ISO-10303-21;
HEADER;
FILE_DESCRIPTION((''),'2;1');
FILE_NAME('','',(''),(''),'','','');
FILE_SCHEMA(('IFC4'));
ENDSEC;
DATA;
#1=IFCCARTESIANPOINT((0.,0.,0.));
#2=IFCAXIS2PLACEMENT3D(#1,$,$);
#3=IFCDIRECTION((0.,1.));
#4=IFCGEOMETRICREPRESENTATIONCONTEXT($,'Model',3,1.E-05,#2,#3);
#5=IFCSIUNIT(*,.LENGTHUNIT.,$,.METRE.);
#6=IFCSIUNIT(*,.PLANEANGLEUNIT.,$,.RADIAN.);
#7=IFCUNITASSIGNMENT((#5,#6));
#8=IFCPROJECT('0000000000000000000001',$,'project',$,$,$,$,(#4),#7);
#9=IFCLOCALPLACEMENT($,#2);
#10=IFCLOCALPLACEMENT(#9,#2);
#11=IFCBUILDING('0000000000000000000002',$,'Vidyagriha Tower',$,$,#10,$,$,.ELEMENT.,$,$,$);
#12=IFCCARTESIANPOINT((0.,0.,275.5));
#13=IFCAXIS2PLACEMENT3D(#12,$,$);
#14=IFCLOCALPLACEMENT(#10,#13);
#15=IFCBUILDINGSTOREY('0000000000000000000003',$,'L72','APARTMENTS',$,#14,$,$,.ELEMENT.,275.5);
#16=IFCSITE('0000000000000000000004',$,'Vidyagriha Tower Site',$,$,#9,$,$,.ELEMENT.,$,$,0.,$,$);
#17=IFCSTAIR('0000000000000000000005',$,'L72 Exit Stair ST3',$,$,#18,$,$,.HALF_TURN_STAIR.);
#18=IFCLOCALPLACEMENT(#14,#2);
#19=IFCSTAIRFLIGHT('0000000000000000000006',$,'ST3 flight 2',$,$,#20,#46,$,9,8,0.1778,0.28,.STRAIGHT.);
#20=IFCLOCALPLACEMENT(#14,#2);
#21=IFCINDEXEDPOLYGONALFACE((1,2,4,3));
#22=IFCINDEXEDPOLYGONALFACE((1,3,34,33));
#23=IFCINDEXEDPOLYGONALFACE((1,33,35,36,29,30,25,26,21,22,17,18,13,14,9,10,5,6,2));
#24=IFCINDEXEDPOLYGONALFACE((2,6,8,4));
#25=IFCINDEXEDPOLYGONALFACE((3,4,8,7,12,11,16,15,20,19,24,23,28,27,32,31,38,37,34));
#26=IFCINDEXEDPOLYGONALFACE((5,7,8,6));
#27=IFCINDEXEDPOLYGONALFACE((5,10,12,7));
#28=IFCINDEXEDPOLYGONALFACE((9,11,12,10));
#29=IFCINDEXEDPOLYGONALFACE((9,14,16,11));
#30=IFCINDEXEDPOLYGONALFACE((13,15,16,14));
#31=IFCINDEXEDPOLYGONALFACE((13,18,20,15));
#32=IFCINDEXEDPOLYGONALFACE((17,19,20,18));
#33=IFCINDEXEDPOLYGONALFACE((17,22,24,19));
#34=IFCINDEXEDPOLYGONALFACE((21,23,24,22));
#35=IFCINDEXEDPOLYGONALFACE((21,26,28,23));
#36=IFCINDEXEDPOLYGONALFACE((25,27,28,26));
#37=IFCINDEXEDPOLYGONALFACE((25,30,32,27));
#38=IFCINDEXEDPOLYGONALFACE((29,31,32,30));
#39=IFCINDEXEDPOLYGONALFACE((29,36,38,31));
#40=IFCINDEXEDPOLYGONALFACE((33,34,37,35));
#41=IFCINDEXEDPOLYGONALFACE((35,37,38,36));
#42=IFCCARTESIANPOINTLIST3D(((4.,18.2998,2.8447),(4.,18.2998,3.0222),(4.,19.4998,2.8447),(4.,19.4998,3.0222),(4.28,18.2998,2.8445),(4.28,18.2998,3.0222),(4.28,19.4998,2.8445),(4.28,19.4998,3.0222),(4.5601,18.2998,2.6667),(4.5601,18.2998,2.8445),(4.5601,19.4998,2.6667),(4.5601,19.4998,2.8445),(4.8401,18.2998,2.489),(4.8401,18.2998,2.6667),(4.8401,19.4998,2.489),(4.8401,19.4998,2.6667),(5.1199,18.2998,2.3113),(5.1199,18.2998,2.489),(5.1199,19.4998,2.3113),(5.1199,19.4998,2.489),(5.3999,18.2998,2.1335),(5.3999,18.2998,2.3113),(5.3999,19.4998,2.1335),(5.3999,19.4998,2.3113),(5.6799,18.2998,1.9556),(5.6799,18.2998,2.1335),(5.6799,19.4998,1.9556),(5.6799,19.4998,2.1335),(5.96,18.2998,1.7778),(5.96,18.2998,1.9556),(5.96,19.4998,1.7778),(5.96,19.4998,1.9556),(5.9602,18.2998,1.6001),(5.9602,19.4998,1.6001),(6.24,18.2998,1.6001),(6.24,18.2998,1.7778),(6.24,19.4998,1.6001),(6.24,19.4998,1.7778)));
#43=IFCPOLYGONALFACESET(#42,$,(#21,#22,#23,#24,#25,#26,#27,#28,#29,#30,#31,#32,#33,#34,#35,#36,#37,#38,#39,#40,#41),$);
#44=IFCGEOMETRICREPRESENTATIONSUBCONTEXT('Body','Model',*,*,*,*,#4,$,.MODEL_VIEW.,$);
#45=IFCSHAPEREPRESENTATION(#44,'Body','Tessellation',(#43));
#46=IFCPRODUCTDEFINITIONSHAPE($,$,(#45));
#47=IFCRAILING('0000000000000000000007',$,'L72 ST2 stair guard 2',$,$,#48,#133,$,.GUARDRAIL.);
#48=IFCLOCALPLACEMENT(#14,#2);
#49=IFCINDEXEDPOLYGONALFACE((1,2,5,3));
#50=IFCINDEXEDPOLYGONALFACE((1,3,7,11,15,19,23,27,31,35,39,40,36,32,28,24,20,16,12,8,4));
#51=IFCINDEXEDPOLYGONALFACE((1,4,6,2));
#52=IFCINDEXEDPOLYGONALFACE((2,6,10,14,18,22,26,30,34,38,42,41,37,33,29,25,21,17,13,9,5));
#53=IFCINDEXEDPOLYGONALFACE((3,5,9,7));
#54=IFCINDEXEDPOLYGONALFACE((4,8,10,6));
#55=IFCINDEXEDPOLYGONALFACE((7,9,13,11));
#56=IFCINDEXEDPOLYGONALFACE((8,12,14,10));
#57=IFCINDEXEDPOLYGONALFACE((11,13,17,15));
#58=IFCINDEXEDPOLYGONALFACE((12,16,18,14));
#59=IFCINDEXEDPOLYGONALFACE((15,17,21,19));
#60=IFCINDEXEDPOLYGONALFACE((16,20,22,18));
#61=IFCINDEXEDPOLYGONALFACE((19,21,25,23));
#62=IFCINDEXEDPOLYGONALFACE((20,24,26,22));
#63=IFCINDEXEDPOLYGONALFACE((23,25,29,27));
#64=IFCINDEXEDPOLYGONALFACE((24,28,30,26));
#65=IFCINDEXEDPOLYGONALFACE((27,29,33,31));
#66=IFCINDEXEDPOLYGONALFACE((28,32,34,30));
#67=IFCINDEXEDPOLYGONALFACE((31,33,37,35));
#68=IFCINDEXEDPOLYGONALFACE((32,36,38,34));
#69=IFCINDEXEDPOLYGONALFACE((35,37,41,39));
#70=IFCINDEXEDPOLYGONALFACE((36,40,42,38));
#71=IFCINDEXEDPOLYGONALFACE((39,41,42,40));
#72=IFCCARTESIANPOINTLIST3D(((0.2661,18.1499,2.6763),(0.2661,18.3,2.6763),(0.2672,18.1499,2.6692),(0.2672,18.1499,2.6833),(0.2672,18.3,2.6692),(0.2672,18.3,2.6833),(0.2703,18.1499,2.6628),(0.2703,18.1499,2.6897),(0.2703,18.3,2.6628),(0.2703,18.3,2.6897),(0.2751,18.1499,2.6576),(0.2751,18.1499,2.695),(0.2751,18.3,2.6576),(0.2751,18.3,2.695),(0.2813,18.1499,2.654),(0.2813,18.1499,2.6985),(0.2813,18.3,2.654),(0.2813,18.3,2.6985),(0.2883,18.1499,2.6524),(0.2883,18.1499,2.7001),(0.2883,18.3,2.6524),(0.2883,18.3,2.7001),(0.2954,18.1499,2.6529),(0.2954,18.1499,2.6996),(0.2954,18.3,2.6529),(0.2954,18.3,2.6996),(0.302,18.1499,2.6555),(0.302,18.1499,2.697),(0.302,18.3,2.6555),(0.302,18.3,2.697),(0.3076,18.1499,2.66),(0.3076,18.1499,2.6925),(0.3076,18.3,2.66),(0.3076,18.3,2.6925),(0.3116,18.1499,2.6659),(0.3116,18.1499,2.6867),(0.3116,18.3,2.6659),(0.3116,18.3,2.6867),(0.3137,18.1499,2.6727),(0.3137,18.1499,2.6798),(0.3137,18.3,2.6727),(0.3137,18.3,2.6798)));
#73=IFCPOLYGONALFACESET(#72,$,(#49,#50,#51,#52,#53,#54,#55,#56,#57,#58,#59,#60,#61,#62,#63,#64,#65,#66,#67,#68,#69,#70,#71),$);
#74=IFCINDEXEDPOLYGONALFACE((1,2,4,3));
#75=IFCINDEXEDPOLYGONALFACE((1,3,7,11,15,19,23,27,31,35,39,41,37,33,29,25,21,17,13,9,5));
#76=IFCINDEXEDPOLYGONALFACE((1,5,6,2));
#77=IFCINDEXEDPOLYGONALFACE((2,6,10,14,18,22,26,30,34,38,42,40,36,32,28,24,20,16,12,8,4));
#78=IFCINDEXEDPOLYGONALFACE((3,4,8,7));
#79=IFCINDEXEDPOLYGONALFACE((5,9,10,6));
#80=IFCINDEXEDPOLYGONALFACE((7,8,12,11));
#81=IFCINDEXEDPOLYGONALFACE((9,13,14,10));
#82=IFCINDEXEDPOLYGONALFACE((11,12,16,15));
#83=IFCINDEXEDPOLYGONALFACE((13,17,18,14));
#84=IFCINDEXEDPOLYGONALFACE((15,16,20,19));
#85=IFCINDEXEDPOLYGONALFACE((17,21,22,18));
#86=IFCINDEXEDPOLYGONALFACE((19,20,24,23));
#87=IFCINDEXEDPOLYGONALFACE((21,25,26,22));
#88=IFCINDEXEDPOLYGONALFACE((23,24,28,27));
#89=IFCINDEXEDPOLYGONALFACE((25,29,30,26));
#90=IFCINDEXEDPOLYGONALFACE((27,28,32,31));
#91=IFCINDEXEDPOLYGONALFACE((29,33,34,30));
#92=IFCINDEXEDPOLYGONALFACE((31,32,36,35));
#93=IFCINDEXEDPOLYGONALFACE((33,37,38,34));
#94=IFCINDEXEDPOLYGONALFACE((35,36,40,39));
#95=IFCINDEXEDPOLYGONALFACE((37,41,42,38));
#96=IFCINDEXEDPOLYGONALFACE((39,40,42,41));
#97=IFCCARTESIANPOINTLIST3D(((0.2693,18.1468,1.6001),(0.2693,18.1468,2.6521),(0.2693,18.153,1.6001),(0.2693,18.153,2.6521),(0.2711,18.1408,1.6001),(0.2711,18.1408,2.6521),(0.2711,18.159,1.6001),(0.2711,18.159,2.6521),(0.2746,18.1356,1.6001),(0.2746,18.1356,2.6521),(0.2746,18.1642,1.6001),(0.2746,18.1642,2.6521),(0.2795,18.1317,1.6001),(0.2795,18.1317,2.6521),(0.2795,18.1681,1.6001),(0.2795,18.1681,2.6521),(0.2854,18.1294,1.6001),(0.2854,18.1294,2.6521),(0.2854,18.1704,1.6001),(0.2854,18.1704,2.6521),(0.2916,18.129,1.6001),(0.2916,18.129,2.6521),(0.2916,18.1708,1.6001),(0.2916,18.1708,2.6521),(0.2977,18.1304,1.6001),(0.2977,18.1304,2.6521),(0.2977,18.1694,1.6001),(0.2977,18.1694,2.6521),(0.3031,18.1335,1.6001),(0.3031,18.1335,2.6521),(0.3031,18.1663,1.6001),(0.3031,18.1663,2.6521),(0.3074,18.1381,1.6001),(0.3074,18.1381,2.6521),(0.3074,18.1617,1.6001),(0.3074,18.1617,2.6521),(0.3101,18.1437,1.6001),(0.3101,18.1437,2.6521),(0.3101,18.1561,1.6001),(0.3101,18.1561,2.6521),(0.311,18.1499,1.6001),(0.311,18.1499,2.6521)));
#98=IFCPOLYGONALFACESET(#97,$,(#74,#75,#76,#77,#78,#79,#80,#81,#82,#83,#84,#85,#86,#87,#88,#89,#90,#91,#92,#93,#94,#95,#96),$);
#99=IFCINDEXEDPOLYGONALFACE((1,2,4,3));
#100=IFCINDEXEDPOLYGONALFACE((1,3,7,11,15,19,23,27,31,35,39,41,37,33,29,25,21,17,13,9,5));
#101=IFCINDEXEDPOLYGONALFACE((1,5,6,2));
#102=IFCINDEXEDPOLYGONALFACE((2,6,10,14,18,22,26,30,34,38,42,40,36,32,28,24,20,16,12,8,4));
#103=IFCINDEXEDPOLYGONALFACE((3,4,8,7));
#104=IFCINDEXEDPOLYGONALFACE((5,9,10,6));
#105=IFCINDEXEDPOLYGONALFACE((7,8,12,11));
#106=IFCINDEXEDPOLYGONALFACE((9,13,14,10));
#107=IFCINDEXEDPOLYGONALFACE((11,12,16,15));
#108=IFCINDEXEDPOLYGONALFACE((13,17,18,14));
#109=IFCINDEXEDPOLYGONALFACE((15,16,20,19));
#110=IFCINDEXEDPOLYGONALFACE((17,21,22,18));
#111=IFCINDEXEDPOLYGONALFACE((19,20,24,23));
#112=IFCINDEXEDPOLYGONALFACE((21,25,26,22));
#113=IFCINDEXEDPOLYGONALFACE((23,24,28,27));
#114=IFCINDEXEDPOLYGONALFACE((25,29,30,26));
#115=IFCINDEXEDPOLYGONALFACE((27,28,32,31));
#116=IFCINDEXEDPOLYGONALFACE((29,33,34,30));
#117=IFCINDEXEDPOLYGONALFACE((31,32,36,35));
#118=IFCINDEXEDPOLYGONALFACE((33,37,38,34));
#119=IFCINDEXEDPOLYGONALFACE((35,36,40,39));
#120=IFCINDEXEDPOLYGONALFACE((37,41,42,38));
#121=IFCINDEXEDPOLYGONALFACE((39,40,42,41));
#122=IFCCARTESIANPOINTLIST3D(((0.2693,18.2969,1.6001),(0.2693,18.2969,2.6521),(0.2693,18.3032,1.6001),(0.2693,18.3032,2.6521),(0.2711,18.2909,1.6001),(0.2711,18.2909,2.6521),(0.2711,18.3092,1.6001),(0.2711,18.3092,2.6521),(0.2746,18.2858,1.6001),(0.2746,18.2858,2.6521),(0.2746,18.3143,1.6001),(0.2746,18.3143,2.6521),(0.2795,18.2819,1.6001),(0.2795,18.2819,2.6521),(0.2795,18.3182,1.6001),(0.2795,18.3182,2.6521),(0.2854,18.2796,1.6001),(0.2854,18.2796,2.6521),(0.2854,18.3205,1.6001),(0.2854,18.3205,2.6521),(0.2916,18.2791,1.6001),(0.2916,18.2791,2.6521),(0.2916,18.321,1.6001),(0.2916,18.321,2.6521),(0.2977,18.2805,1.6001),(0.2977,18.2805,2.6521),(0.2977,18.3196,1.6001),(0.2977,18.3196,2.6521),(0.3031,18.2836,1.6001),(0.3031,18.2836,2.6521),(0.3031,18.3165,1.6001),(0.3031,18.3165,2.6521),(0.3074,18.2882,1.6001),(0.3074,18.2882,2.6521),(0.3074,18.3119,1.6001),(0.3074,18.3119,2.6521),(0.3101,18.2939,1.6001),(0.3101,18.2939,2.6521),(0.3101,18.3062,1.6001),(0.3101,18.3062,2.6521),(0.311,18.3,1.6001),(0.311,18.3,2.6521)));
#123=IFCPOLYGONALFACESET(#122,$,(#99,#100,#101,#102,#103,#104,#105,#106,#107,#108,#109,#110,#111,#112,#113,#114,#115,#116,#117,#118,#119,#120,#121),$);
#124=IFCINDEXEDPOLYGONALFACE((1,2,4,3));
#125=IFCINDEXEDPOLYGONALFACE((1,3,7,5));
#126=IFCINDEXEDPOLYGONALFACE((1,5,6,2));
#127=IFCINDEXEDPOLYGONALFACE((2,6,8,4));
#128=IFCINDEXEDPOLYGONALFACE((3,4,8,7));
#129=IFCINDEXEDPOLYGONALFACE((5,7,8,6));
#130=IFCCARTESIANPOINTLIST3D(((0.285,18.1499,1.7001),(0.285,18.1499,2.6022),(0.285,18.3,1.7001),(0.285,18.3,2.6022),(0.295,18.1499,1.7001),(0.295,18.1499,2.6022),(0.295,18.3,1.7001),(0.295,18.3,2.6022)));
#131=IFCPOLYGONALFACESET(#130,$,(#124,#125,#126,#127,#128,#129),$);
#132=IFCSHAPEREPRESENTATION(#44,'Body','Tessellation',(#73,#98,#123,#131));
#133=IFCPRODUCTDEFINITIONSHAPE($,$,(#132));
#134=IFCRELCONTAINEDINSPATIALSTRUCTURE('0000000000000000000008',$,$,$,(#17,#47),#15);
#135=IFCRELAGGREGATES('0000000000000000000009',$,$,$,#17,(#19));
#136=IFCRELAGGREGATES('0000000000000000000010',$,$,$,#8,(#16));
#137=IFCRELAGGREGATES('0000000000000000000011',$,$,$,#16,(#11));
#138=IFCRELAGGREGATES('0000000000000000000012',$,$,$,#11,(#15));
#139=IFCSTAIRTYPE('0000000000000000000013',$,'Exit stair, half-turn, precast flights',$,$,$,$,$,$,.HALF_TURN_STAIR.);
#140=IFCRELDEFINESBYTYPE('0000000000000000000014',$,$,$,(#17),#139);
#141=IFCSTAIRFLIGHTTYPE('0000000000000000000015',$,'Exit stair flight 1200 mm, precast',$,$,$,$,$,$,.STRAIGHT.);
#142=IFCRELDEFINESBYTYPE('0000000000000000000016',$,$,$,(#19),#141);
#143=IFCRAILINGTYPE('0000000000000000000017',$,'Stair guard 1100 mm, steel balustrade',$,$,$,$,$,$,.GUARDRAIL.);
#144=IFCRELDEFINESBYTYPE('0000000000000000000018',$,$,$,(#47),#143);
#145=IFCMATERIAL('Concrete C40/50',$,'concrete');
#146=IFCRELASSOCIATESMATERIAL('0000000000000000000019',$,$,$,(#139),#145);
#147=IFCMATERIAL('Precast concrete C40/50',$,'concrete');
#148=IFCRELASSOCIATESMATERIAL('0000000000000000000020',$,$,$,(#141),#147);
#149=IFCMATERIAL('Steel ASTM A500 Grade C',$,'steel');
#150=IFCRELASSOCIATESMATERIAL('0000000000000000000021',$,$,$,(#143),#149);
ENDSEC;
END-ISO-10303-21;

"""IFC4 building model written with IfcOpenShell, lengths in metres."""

from ifc_helpers import new_model, si_unit, direction, frame, origin, origin_2d, place, context, subcontext, project, spatial, polyline, rectangle, circle, outline, extrude, material, type_object, element, aggregate, save


model = new_model("IFC4")

# Units and contexts
model_context = context("Model", 3, precision=1e-05, world=origin(), true_north=direction((0.0, 1.0)))
body_context = subcontext(model_context, "Body", "Model", "MODEL_VIEW")
ifc_project = project(units=[si_unit("LENGTHUNIT", "METRE"), si_unit("PLANEANGLEUNIT", "RADIAN")], contexts=[model_context])

# Site, building, storey
site_placement = place(None, origin())
site = spatial("IfcSite", under=ifc_project, at=site_placement, Name="Vidyagriha Tower Site", CompositionType="ELEMENT", RefElevation=0.0)
building_placement = place(site_placement, origin())
building = spatial("IfcBuilding", under=site, at=building_placement, Name="Vidyagriha Tower", CompositionType="ELEMENT")
storey_placement = place(building_placement, frame((0.0, 0.0, 275.5)))
storey = spatial("IfcBuildingStorey", under=building, at=storey_placement, Name="L72", Description="APARTMENTS", CompositionType="ELEMENT", Elevation=275.5)

# Stair, stair flight
ifc_material_1 = material(Name="Concrete C40/50", Category="concrete")
stair_type = type_object("IfcStairType", Name="Exit stair, half-turn, precast flights", PredefinedType="HALF_TURN_STAIR", material=ifc_material_1)
ifc_material_2 = material(Name="Precast concrete C40/50", Category="concrete")
stair_flight_type = type_object("IfcStairFlightType", Name="Exit stair flight 1200 mm, precast", PredefinedType="STRAIGHT", material=ifc_material_2)
stair_1_placement = place(storey_placement, origin())
stair_1 = element("IfcStair", 1, at=stair_1_placement, inside=storey, type_object=stair_type, Name="L72 Exit Stair ST3", PredefinedType="HALF_TURN_STAIR")
stair_flight_1_placement = place(storey_placement, frame((6.24, 18.8999, 1.6001), z_axis=(0.0, 0.0, 1.0), x_axis=(-1.0, 0.0, 0.0)))
stair_flight_1 = element("IfcStairFlight", 2, at=stair_flight_1_placement, type_object=stair_flight_type, Name="ST3 flight 2", NumberOfRisers=9, NumberOfTreads=8, PredefinedType="STRAIGHT", RiserHeight=0.1778, TreadLength=0.28, context=body_context, shape_type="SweptSolid", body=[
    extrude(outline(polyline([(0.0, 0.0), (0.0, 0.1777), (0.28, 0.1777), (0.28, 0.3555), (0.5601, 0.3555), (0.5601, 0.5334), (0.8401, 0.5334), (0.8401, 0.7112), (1.1201, 0.7112), (1.1201, 0.8889), (1.3999, 0.8889), (1.3999, 1.0667), (1.6799, 1.0667), (1.6799, 1.2444), (1.96, 1.2444), (1.96, 1.4221), (2.24, 1.4221), (2.24, 1.6001), (2.24, 1.2446), (0.2798, 0.0), (0.0, 0.0)])), frame((0.0, 0.6001, 0.0), z_axis=(0.0, -1.0, 0.0), x_axis=(1.0, 0.0, 0.0)), (0.0, 0.0, 1.0), 1.2),
])
aggregate(stair_1, [stair_flight_1])

# Railing
ifc_material_3 = material(Name="Steel ASTM A500 Grade C", Category="steel")
railing_type_1 = type_object("IfcRailingType", Name="Stair guard 1100 mm, steel balustrade", PredefinedType="GUARDRAIL", material=ifc_material_3)
railing_1_placement = place(storey_placement, frame((0.29, 18.1499, 1.6001)))
element("IfcRailing", 3, at=railing_1_placement, inside=storey, type_object=railing_type_1, Name="L72 ST2 stair guard 2", PredefinedType="GUARDRAIL", context=body_context, shape_type="SweptSolid", body=[
    extrude(circle(Radius=0.0239, at=origin_2d()), frame((0.0, 0.0, 1.0762), z_axis=(0.0, 1.0, 0.0), x_axis=(-1.0, 0.0, 0.0)), (0.0, 0.0, 1.0), 0.1501),
    extrude(circle(Radius=0.021, at=origin_2d()), origin(), (0.0, 0.0, 1.0), 1.052),
    extrude(circle(Radius=0.021, at=origin_2d()), frame((0.0, 0.1501, 0.0)), (0.0, 0.0, 1.0), 1.052),
    extrude(rectangle(XDim=0.01, YDim=0.9021, at=origin_2d()), frame((0.0, 0.0, 0.551), z_axis=(0.0, 1.0, 0.0), x_axis=(-1.0, 0.0, 0.0)), (0.0, 0.0, 1.0), 0.1501),
])

save(model, "model.ifc")
